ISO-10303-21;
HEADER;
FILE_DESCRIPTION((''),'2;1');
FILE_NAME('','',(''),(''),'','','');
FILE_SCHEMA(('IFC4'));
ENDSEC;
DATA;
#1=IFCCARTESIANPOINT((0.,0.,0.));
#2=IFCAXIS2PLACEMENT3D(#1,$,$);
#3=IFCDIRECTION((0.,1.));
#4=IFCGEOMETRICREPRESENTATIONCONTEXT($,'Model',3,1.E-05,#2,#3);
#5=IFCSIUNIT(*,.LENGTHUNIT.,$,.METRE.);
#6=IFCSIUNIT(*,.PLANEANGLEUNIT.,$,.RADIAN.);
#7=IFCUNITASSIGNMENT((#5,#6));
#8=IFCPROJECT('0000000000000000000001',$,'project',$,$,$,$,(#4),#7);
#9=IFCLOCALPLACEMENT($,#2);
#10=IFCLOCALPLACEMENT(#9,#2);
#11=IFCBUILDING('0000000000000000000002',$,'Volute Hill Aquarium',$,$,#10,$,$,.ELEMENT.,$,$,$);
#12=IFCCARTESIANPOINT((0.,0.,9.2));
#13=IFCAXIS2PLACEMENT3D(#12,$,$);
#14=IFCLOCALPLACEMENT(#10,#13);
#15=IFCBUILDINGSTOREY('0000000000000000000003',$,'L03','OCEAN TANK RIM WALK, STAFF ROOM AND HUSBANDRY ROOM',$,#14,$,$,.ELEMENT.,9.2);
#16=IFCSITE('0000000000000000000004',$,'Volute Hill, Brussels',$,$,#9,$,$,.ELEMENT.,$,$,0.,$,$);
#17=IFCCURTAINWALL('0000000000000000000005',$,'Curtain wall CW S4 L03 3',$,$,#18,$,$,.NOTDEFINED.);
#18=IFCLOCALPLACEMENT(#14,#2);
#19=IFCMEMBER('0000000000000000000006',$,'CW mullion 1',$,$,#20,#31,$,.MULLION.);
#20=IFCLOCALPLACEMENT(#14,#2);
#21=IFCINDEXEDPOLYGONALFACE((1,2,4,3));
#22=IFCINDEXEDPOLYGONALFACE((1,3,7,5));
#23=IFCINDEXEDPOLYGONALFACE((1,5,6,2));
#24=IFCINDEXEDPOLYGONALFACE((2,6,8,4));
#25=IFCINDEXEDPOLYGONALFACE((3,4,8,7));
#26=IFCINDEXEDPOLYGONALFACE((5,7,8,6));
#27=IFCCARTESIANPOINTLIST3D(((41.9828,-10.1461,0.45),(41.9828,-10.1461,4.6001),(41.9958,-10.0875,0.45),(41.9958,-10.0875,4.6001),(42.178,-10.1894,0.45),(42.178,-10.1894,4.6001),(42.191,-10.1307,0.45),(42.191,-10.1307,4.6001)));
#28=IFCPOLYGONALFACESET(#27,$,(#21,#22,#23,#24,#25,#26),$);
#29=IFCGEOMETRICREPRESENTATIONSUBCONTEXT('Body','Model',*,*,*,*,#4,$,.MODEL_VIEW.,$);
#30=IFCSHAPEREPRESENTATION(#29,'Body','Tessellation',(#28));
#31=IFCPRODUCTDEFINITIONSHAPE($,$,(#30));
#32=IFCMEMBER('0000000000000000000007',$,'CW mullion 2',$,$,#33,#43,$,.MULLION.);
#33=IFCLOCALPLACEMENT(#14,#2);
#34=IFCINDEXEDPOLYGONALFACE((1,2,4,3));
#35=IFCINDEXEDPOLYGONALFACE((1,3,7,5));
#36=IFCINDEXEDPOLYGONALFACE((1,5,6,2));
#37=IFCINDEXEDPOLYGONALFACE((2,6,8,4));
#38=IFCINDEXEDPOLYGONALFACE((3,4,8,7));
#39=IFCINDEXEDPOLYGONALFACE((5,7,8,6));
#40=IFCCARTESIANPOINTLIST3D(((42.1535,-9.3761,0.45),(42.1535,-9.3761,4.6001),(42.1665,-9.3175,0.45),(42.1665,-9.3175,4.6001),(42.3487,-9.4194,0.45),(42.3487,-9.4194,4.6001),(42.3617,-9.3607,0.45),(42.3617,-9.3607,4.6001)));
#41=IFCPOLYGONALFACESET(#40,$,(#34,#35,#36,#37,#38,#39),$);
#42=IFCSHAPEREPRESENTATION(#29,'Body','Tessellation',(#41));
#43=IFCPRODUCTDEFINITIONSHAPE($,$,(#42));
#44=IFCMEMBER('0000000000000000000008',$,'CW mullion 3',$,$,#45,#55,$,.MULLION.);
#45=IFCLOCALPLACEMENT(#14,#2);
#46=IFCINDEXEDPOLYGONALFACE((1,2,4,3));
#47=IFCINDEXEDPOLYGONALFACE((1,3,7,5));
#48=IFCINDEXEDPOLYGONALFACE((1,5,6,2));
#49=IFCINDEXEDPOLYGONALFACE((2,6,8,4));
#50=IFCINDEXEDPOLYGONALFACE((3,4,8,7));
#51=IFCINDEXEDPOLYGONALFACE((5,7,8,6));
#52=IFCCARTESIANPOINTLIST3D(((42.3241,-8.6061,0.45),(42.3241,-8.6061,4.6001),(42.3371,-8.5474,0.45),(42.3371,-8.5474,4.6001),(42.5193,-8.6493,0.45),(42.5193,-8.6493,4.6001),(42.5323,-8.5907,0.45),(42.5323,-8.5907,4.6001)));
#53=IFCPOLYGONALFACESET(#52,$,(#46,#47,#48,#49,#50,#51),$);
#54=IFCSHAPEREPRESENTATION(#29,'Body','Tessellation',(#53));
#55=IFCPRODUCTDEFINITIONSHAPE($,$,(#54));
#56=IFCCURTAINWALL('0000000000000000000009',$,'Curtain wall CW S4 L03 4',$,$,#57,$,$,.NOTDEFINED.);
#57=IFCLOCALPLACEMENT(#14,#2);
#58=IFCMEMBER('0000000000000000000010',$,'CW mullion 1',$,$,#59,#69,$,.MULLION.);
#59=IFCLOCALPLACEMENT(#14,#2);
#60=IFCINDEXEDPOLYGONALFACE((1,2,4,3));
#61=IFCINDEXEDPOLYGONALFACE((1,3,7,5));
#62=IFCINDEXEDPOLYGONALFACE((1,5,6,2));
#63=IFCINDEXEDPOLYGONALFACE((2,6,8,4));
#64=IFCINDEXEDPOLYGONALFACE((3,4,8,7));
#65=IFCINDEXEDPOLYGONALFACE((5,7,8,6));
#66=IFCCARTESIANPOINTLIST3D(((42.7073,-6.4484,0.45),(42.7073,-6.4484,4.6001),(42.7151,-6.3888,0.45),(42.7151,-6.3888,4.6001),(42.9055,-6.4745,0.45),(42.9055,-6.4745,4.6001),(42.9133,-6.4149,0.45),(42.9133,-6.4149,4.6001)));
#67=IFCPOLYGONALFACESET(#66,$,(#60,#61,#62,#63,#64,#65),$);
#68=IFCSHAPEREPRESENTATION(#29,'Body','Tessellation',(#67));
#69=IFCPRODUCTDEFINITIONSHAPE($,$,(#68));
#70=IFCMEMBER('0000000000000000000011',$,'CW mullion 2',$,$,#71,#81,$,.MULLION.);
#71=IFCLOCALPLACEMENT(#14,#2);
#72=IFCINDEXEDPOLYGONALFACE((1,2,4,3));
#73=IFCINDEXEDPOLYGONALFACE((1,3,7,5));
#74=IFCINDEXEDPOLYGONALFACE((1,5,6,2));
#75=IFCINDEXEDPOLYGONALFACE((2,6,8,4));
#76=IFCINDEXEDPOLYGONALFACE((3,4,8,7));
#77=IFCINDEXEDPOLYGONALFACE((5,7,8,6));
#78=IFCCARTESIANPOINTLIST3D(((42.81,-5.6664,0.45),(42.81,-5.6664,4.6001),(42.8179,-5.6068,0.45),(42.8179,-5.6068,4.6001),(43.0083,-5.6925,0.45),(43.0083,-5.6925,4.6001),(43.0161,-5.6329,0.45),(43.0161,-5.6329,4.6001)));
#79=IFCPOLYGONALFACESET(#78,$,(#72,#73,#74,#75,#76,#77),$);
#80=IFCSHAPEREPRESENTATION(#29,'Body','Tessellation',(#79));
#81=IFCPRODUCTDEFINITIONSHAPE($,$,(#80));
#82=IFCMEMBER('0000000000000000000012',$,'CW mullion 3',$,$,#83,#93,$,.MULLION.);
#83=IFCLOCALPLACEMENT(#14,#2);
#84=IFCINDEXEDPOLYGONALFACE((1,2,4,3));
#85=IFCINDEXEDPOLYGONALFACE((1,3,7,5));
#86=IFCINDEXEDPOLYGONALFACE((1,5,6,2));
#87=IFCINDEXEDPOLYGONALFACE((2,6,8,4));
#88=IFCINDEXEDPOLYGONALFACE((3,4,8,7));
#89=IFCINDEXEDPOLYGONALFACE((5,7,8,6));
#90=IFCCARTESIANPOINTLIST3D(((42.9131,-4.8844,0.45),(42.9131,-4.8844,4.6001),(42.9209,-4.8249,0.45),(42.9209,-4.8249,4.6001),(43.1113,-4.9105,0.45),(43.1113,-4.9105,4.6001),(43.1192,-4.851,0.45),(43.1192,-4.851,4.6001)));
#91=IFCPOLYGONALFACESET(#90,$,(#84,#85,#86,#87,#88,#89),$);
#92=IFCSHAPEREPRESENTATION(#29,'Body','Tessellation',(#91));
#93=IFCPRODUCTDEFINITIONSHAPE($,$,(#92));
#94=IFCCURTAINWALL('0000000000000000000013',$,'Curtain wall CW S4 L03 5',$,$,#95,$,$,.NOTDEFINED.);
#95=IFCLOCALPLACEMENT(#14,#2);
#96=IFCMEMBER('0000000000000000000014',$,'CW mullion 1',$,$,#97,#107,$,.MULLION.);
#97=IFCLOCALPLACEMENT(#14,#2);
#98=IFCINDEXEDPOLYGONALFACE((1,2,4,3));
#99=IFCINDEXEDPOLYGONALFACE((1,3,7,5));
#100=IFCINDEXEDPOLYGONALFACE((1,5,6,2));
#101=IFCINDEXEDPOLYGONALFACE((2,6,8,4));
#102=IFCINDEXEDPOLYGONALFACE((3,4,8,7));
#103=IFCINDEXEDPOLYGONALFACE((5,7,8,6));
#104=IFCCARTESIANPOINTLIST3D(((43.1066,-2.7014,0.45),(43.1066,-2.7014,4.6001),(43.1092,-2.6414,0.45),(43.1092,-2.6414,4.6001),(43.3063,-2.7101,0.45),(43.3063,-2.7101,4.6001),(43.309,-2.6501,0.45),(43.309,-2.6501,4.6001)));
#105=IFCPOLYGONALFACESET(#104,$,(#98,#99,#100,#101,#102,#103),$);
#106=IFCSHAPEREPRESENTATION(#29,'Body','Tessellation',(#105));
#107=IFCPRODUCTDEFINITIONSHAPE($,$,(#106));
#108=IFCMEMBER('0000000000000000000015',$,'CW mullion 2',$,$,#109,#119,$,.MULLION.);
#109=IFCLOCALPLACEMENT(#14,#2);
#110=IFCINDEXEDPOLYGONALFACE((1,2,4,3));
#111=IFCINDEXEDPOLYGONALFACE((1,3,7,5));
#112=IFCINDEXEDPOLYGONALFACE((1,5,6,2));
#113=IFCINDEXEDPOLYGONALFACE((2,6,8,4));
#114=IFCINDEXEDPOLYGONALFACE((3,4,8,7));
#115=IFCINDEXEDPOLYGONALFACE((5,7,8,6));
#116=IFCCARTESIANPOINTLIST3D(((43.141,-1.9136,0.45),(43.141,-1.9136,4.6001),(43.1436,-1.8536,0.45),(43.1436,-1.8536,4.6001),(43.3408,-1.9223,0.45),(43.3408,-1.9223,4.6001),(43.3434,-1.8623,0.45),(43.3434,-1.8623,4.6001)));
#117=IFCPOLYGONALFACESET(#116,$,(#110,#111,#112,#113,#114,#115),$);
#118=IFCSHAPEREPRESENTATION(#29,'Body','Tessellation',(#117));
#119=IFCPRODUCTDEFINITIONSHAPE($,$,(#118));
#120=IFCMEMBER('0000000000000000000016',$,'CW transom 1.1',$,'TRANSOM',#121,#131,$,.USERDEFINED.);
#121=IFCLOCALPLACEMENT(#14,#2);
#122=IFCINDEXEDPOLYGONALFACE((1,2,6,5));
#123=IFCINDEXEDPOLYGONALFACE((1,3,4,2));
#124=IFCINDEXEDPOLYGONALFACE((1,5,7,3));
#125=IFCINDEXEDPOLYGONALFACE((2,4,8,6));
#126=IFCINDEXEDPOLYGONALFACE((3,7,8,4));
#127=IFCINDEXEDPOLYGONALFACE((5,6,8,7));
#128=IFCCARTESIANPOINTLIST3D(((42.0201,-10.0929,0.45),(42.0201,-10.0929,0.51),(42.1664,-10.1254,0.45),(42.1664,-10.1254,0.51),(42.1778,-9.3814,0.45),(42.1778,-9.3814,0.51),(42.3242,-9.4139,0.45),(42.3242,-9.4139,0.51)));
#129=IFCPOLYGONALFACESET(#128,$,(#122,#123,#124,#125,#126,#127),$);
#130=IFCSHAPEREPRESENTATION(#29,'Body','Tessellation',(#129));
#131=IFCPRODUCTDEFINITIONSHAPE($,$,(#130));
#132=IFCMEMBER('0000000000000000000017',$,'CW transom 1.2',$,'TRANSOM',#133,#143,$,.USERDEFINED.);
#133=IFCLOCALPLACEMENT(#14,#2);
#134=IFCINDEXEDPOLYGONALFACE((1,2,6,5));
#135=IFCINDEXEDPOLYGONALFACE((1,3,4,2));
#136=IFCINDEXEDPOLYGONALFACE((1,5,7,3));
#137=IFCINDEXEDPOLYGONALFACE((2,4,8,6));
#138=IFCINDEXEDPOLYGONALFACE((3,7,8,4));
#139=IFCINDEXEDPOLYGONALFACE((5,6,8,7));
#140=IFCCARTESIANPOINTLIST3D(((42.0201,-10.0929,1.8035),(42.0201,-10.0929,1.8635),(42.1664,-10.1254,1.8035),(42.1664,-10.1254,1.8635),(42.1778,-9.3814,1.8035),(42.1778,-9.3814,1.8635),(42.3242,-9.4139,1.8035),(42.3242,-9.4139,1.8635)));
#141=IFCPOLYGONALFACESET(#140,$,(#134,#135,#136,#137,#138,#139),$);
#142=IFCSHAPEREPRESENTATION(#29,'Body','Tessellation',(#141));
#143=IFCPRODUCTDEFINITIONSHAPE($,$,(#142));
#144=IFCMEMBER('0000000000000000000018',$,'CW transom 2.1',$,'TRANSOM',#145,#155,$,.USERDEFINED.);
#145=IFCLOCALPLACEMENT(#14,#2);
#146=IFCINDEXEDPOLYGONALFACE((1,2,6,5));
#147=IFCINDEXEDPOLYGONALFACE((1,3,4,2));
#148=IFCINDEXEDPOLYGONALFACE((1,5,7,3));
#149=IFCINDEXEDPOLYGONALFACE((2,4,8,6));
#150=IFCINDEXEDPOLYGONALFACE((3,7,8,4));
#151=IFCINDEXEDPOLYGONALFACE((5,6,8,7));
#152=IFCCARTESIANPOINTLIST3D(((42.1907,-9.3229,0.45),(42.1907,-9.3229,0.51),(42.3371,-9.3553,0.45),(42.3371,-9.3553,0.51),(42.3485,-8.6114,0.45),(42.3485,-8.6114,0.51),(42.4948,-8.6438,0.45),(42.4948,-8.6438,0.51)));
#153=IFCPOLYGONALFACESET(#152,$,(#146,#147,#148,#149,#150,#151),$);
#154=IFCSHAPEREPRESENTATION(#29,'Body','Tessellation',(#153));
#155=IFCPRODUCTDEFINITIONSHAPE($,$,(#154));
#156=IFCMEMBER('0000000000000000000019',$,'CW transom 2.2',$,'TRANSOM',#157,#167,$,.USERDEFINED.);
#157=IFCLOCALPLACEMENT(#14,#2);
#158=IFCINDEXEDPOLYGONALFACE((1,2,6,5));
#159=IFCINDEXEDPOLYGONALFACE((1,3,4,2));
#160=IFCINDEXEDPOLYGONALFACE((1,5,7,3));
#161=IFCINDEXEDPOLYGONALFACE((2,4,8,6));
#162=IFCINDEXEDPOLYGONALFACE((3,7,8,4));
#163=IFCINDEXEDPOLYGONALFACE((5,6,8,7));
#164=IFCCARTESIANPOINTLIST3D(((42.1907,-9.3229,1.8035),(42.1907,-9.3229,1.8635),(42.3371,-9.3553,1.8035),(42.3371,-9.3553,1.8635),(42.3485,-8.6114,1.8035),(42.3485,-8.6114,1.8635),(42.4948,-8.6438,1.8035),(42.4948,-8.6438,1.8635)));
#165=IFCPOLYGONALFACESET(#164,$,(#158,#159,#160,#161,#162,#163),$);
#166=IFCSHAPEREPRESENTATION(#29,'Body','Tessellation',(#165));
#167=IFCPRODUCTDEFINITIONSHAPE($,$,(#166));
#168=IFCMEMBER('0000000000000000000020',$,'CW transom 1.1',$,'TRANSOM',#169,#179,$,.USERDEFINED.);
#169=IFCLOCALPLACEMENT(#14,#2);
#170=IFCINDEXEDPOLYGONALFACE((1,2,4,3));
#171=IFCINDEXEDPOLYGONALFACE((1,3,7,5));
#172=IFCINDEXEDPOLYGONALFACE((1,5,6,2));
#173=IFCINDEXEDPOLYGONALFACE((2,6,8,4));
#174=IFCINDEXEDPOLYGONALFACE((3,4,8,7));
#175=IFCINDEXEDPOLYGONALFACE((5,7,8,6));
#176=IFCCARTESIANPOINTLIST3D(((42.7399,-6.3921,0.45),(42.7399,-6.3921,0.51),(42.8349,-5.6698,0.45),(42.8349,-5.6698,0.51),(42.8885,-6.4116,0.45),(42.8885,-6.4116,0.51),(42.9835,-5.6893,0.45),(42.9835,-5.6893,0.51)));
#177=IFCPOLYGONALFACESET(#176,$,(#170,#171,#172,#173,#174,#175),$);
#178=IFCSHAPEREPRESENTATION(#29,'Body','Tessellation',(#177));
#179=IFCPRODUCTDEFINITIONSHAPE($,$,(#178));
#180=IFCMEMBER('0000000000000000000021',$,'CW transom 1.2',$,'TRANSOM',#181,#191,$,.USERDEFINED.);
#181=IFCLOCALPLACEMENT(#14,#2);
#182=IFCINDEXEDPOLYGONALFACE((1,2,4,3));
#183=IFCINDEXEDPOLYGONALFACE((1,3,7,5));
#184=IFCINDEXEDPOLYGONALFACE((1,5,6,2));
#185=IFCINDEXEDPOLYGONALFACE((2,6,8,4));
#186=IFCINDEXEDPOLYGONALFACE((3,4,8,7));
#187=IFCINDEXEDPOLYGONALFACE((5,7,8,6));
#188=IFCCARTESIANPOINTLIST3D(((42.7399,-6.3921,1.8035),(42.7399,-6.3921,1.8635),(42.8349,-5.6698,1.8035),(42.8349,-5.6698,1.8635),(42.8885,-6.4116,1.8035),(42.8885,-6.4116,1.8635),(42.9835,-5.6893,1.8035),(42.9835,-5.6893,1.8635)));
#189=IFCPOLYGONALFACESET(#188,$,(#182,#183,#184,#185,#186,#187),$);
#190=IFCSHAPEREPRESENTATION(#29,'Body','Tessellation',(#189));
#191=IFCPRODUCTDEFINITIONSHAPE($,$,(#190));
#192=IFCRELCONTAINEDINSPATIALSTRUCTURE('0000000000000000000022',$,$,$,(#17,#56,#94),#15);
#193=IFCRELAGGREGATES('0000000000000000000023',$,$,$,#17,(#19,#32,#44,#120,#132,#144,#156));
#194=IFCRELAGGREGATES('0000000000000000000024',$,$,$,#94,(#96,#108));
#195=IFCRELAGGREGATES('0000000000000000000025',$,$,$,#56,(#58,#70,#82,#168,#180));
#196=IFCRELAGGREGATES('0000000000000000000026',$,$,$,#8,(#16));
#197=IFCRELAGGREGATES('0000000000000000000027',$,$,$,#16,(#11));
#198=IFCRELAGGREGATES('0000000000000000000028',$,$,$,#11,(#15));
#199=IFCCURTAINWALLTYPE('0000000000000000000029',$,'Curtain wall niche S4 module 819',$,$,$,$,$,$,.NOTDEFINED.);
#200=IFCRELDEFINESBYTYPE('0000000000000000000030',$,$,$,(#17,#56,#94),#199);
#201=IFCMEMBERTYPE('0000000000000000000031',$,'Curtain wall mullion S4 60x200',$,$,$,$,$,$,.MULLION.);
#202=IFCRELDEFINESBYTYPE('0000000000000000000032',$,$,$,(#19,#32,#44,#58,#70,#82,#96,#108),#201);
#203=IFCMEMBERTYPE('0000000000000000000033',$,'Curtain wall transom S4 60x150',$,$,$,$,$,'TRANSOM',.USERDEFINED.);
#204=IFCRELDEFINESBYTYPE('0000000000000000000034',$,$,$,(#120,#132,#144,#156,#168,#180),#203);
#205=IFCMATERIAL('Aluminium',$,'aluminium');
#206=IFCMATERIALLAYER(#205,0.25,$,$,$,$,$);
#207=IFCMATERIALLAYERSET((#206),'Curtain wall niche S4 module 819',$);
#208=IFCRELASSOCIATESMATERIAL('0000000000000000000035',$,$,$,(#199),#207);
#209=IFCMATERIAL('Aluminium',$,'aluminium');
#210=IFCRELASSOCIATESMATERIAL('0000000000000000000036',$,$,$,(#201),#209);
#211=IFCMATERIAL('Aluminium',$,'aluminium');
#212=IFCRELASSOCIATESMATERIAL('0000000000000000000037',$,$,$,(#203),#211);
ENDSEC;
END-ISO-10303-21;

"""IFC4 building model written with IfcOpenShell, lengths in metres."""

from ifc_helpers import new_model, si_unit, direction, frame, origin, origin_2d, place, context, subcontext, project, spatial, rectangle, extrude, material, layer, layer_set, material_profile, profile_set, type_object, element, aggregate, save


model = new_model("IFC4")

# Units and contexts
model_context = context("Model", 3, precision=1e-05, world=origin(), true_north=direction((0.0, 1.0)))
body_context = subcontext(model_context, "Body", "Model", "MODEL_VIEW")
ifc_project = project(units=[si_unit("LENGTHUNIT", "METRE"), si_unit("PLANEANGLEUNIT", "RADIAN")], contexts=[model_context])

# Site, building, storey
site_placement = place(None, origin())
site = spatial("IfcSite", under=ifc_project, at=site_placement, Name="Volute Hill, Brussels", CompositionType="ELEMENT", RefElevation=0.0)
building_placement = place(site_placement, origin())
building = spatial("IfcBuilding", under=site, at=building_placement, Name="Volute Hill Aquarium", CompositionType="ELEMENT")
storey_placement = place(building_placement, frame((0.0, 0.0, 9.2)))
storey = spatial("IfcBuildingStorey", under=building, at=storey_placement, Name="L03", Description="OCEAN TANK RIM WALK, STAFF ROOM AND HUSBANDRY ROOM", CompositionType="ELEMENT", Elevation=9.2)

# Curtain walls, members
ifc_material_1 = material(Name="Aluminium", Category="aluminium")
ifc_layer_1 = layer(ifc_material_1, 0.25)
ifc_layer_set_1 = layer_set([ifc_layer_1], Name="Curtain wall niche S4 module 819")
curtain_wall_type = type_object("IfcCurtainWallType", Name="Curtain wall niche S4 module 819", PredefinedType="NOTDEFINED", material=ifc_layer_set_1)
curtain_wall_1_placement = place(storey_placement, origin())
curtain_wall_1 = element("IfcCurtainWall", 1, at=curtain_wall_1_placement, inside=storey, type_object=curtain_wall_type, Name="Curtain wall CW S4 L03 3", PredefinedType="NOTDEFINED")
ifc_material_2 = material(Name="Aluminium", Category="aluminium")
ifc_material_profile_1 = material_profile(ifc_material_2, rectangle(XDim=0.2, YDim=0.0601, at=origin_2d()), Name="Curtain wall mullion S4 60x200")
ifc_profile_set_1 = profile_set([ifc_material_profile_1], Name="Aluminium")
member_type_1 = type_object("IfcMemberType", Name="Curtain wall mullion S4 60x200", PredefinedType="MULLION", material=ifc_profile_set_1)
member_1_placement = place(storey_placement, frame((42.0869, -10.1384, 0.45), z_axis=(0.0, 0.0, 1.0), x_axis=(-0.976298, 0.216432, 0.0)))
member_1 = element("IfcMember", 2, at=member_1_placement, type_object=member_type_1, Name="CW mullion 1", PredefinedType="MULLION", context=body_context, shape_type="SweptSolid", body=[
    extrude(rectangle(XDim=0.2, YDim=0.0601, at=origin_2d()), origin(), (0.0, 0.0, 1.0), 4.1501),
])
member_2_placement = place(storey_placement, frame((42.2576, -9.3684, 0.45), z_axis=(0.0, 0.0, 1.0), x_axis=(-0.976298, 0.216432, 0.0)))
member_2 = element("IfcMember", 3, at=member_2_placement, type_object=member_type_1, Name="CW mullion 2", PredefinedType="MULLION", context=body_context, shape_type="SweptSolid", body=[
    extrude(rectangle(XDim=0.2, YDim=0.0601, at=origin_2d()), origin(), (0.0, 0.0, 1.0), 4.1501),
])
member_3_placement = place(storey_placement, frame((42.4282, -8.5984, 0.45), z_axis=(0.0, 0.0, 1.0), x_axis=(-0.976298, 0.216432, 0.0)))
member_3 = element("IfcMember", 4, at=member_3_placement, type_object=member_type_1, Name="CW mullion 3", PredefinedType="MULLION", context=body_context, shape_type="SweptSolid", body=[
    extrude(rectangle(XDim=0.2, YDim=0.0601, at=origin_2d()), origin(), (0.0, 0.0, 1.0), 4.1501),
])
curtain_wall_2_placement = place(storey_placement, origin())
curtain_wall_2 = element("IfcCurtainWall", 5, at=curtain_wall_2_placement, inside=storey, type_object=curtain_wall_type, Name="Curtain wall CW S4 L03 4", PredefinedType="NOTDEFINED")
member_4_placement = place(storey_placement, frame((42.8103, -6.4316, 0.45), z_axis=(0.0, 0.0, 1.0), x_axis=(-0.991446, 0.130516, 0.0)))
member_4 = element("IfcMember", 6, at=member_4_placement, type_object=member_type_1, Name="CW mullion 1", PredefinedType="MULLION", context=body_context, shape_type="SweptSolid", body=[
    extrude(rectangle(XDim=0.2, YDim=0.0601, at=origin_2d()), origin(), (0.0, 0.0, 1.0), 4.1501),
])
member_5_placement = place(storey_placement, frame((42.9131, -5.6497, 0.45), z_axis=(0.0, 0.0, 1.0), x_axis=(-0.991446, 0.130516, 0.0)))
member_5 = element("IfcMember", 7, at=member_5_placement, type_object=member_type_1, Name="CW mullion 2", PredefinedType="MULLION", context=body_context, shape_type="SweptSolid", body=[
    extrude(rectangle(XDim=0.2, YDim=0.0601, at=origin_2d()), origin(), (0.0, 0.0, 1.0), 4.1501),
])
member_6_placement = place(storey_placement, frame((43.0161, -4.8677, 0.45), z_axis=(0.0, 0.0, 1.0), x_axis=(-0.991446, 0.130516, 0.0)))
member_6 = element("IfcMember", 8, at=member_6_placement, type_object=member_type_1, Name="CW mullion 3", PredefinedType="MULLION", context=body_context, shape_type="SweptSolid", body=[
    extrude(rectangle(XDim=0.2, YDim=0.0601, at=origin_2d()), origin(), (0.0, 0.0, 1.0), 4.1501),
])
curtain_wall_3_placement = place(storey_placement, origin())
curtain_wall_3 = element("IfcCurtainWall", 9, at=curtain_wall_3_placement, inside=storey, type_object=curtain_wall_type, Name="Curtain wall CW S4 L03 5", PredefinedType="NOTDEFINED")
member_7_placement = place(storey_placement, frame((43.2078, -2.6758, 0.45), z_axis=(0.0, 0.0, 1.0), x_axis=(-0.999048, 0.043617, 0.0)))
member_7 = element("IfcMember", 10, at=member_7_placement, type_object=member_type_1, Name="CW mullion 1", PredefinedType="MULLION", context=body_context, shape_type="SweptSolid", body=[
    extrude(rectangle(XDim=0.2, YDim=0.0601, at=origin_2d()), origin(), (0.0, 0.0, 1.0), 4.1501),
])
member_8_placement = place(storey_placement, frame((43.2422, -1.8879, 0.45), z_axis=(0.0, 0.0, 1.0), x_axis=(-0.999048, 0.043617, 0.0)))
member_8 = element("IfcMember", 11, at=member_8_placement, type_object=member_type_1, Name="CW mullion 2", PredefinedType="MULLION", context=body_context, shape_type="SweptSolid", body=[
    extrude(rectangle(XDim=0.2, YDim=0.0601, at=origin_2d()), origin(), (0.0, 0.0, 1.0), 4.1501),
])

# Members
ifc_material_3 = material(Name="Aluminium", Category="aluminium")
ifc_material_profile_2 = material_profile(ifc_material_3, rectangle(XDim=0.1499, YDim=0.0601, at=origin_2d()), Name="Curtain wall transom S4 60x150")
ifc_profile_set_2 = profile_set([ifc_material_profile_2], Name="Aluminium")
member_type_2 = type_object("IfcMemberType", Name="Curtain wall transom S4 60x150", ElementType="TRANSOM", PredefinedType="USERDEFINED", material=ifc_profile_set_2)
member_9_placement = place(storey_placement, frame((42.0933, -10.1091, 0.48), z_axis=(0.216434, 0.976297, 0.0), x_axis=(-0.976297, 0.216434, 0.0)))
member_9 = element("IfcMember", 12, at=member_9_placement, type_object=member_type_2, Name="CW transom 1.1", ObjectType="TRANSOM", PredefinedType="USERDEFINED", context=body_context, shape_type="SweptSolid", body=[
    extrude(rectangle(XDim=0.1499, YDim=0.0601, at=origin_2d()), origin(), (0.0, 0.0, 1.0), 0.7288),
])
member_10_placement = place(storey_placement, frame((42.0933, -10.1091, 1.8335), z_axis=(0.216434, 0.976297, 0.0), x_axis=(-0.976297, 0.216434, 0.0)))
member_10 = element("IfcMember", 13, at=member_10_placement, type_object=member_type_2, Name="CW transom 1.2", ObjectType="TRANSOM", PredefinedType="USERDEFINED", context=body_context, shape_type="SweptSolid", body=[
    extrude(rectangle(XDim=0.1499, YDim=0.0601, at=origin_2d()), origin(), (0.0, 0.0, 1.0), 0.7288),
])
member_11_placement = place(storey_placement, frame((42.2639, -9.3391, 0.48), z_axis=(0.216434, 0.976297, 0.0), x_axis=(-0.976297, 0.216434, 0.0)))
member_11 = element("IfcMember", 14, at=member_11_placement, type_object=member_type_2, Name="CW transom 2.1", ObjectType="TRANSOM", PredefinedType="USERDEFINED", context=body_context, shape_type="SweptSolid", body=[
    extrude(rectangle(XDim=0.1499, YDim=0.0601, at=origin_2d()), origin(), (0.0, 0.0, 1.0), 0.7288),
])
member_12_placement = place(storey_placement, frame((42.2639, -9.3391, 1.8335), z_axis=(0.216434, 0.976297, 0.0), x_axis=(-0.976297, 0.216434, 0.0)))
member_12 = element("IfcMember", 15, at=member_12_placement, type_object=member_type_2, Name="CW transom 2.2", ObjectType="TRANSOM", PredefinedType="USERDEFINED", context=body_context, shape_type="SweptSolid", body=[
    extrude(rectangle(XDim=0.1499, YDim=0.0601, at=origin_2d()), origin(), (0.0, 0.0, 1.0), 0.7288),
])
member_13_placement = place(storey_placement, frame((42.8142, -6.4019, 0.48), z_axis=(0.130342, 0.991469, 0.0), x_axis=(-0.991469, 0.130342, 0.0)))
member_13 = element("IfcMember", 16, at=member_13_placement, type_object=member_type_2, Name="CW transom 1.1", ObjectType="TRANSOM", PredefinedType="USERDEFINED", context=body_context, shape_type="SweptSolid", body=[
    extrude(rectangle(XDim=0.1499, YDim=0.0601, at=origin_2d()), origin(), (0.0, 0.0, 1.0), 0.7285),
])
member_14_placement = place(storey_placement, frame((42.8142, -6.4019, 1.8335), z_axis=(0.130342, 0.991469, 0.0), x_axis=(-0.991469, 0.130342, 0.0)))
member_14 = element("IfcMember", 17, at=member_14_placement, type_object=member_type_2, Name="CW transom 1.2", ObjectType="TRANSOM", PredefinedType="USERDEFINED", context=body_context, shape_type="SweptSolid", body=[
    extrude(rectangle(XDim=0.1499, YDim=0.0601, at=origin_2d()), origin(), (0.0, 0.0, 1.0), 0.7285),
])

aggregate(curtain_wall_1, [member_1, member_2, member_3, member_9, member_10, member_11, member_12])
aggregate(curtain_wall_3, [member_7, member_8])
aggregate(curtain_wall_2, [member_4, member_5, member_6, member_13, member_14])

save(model, "model.ifc")
